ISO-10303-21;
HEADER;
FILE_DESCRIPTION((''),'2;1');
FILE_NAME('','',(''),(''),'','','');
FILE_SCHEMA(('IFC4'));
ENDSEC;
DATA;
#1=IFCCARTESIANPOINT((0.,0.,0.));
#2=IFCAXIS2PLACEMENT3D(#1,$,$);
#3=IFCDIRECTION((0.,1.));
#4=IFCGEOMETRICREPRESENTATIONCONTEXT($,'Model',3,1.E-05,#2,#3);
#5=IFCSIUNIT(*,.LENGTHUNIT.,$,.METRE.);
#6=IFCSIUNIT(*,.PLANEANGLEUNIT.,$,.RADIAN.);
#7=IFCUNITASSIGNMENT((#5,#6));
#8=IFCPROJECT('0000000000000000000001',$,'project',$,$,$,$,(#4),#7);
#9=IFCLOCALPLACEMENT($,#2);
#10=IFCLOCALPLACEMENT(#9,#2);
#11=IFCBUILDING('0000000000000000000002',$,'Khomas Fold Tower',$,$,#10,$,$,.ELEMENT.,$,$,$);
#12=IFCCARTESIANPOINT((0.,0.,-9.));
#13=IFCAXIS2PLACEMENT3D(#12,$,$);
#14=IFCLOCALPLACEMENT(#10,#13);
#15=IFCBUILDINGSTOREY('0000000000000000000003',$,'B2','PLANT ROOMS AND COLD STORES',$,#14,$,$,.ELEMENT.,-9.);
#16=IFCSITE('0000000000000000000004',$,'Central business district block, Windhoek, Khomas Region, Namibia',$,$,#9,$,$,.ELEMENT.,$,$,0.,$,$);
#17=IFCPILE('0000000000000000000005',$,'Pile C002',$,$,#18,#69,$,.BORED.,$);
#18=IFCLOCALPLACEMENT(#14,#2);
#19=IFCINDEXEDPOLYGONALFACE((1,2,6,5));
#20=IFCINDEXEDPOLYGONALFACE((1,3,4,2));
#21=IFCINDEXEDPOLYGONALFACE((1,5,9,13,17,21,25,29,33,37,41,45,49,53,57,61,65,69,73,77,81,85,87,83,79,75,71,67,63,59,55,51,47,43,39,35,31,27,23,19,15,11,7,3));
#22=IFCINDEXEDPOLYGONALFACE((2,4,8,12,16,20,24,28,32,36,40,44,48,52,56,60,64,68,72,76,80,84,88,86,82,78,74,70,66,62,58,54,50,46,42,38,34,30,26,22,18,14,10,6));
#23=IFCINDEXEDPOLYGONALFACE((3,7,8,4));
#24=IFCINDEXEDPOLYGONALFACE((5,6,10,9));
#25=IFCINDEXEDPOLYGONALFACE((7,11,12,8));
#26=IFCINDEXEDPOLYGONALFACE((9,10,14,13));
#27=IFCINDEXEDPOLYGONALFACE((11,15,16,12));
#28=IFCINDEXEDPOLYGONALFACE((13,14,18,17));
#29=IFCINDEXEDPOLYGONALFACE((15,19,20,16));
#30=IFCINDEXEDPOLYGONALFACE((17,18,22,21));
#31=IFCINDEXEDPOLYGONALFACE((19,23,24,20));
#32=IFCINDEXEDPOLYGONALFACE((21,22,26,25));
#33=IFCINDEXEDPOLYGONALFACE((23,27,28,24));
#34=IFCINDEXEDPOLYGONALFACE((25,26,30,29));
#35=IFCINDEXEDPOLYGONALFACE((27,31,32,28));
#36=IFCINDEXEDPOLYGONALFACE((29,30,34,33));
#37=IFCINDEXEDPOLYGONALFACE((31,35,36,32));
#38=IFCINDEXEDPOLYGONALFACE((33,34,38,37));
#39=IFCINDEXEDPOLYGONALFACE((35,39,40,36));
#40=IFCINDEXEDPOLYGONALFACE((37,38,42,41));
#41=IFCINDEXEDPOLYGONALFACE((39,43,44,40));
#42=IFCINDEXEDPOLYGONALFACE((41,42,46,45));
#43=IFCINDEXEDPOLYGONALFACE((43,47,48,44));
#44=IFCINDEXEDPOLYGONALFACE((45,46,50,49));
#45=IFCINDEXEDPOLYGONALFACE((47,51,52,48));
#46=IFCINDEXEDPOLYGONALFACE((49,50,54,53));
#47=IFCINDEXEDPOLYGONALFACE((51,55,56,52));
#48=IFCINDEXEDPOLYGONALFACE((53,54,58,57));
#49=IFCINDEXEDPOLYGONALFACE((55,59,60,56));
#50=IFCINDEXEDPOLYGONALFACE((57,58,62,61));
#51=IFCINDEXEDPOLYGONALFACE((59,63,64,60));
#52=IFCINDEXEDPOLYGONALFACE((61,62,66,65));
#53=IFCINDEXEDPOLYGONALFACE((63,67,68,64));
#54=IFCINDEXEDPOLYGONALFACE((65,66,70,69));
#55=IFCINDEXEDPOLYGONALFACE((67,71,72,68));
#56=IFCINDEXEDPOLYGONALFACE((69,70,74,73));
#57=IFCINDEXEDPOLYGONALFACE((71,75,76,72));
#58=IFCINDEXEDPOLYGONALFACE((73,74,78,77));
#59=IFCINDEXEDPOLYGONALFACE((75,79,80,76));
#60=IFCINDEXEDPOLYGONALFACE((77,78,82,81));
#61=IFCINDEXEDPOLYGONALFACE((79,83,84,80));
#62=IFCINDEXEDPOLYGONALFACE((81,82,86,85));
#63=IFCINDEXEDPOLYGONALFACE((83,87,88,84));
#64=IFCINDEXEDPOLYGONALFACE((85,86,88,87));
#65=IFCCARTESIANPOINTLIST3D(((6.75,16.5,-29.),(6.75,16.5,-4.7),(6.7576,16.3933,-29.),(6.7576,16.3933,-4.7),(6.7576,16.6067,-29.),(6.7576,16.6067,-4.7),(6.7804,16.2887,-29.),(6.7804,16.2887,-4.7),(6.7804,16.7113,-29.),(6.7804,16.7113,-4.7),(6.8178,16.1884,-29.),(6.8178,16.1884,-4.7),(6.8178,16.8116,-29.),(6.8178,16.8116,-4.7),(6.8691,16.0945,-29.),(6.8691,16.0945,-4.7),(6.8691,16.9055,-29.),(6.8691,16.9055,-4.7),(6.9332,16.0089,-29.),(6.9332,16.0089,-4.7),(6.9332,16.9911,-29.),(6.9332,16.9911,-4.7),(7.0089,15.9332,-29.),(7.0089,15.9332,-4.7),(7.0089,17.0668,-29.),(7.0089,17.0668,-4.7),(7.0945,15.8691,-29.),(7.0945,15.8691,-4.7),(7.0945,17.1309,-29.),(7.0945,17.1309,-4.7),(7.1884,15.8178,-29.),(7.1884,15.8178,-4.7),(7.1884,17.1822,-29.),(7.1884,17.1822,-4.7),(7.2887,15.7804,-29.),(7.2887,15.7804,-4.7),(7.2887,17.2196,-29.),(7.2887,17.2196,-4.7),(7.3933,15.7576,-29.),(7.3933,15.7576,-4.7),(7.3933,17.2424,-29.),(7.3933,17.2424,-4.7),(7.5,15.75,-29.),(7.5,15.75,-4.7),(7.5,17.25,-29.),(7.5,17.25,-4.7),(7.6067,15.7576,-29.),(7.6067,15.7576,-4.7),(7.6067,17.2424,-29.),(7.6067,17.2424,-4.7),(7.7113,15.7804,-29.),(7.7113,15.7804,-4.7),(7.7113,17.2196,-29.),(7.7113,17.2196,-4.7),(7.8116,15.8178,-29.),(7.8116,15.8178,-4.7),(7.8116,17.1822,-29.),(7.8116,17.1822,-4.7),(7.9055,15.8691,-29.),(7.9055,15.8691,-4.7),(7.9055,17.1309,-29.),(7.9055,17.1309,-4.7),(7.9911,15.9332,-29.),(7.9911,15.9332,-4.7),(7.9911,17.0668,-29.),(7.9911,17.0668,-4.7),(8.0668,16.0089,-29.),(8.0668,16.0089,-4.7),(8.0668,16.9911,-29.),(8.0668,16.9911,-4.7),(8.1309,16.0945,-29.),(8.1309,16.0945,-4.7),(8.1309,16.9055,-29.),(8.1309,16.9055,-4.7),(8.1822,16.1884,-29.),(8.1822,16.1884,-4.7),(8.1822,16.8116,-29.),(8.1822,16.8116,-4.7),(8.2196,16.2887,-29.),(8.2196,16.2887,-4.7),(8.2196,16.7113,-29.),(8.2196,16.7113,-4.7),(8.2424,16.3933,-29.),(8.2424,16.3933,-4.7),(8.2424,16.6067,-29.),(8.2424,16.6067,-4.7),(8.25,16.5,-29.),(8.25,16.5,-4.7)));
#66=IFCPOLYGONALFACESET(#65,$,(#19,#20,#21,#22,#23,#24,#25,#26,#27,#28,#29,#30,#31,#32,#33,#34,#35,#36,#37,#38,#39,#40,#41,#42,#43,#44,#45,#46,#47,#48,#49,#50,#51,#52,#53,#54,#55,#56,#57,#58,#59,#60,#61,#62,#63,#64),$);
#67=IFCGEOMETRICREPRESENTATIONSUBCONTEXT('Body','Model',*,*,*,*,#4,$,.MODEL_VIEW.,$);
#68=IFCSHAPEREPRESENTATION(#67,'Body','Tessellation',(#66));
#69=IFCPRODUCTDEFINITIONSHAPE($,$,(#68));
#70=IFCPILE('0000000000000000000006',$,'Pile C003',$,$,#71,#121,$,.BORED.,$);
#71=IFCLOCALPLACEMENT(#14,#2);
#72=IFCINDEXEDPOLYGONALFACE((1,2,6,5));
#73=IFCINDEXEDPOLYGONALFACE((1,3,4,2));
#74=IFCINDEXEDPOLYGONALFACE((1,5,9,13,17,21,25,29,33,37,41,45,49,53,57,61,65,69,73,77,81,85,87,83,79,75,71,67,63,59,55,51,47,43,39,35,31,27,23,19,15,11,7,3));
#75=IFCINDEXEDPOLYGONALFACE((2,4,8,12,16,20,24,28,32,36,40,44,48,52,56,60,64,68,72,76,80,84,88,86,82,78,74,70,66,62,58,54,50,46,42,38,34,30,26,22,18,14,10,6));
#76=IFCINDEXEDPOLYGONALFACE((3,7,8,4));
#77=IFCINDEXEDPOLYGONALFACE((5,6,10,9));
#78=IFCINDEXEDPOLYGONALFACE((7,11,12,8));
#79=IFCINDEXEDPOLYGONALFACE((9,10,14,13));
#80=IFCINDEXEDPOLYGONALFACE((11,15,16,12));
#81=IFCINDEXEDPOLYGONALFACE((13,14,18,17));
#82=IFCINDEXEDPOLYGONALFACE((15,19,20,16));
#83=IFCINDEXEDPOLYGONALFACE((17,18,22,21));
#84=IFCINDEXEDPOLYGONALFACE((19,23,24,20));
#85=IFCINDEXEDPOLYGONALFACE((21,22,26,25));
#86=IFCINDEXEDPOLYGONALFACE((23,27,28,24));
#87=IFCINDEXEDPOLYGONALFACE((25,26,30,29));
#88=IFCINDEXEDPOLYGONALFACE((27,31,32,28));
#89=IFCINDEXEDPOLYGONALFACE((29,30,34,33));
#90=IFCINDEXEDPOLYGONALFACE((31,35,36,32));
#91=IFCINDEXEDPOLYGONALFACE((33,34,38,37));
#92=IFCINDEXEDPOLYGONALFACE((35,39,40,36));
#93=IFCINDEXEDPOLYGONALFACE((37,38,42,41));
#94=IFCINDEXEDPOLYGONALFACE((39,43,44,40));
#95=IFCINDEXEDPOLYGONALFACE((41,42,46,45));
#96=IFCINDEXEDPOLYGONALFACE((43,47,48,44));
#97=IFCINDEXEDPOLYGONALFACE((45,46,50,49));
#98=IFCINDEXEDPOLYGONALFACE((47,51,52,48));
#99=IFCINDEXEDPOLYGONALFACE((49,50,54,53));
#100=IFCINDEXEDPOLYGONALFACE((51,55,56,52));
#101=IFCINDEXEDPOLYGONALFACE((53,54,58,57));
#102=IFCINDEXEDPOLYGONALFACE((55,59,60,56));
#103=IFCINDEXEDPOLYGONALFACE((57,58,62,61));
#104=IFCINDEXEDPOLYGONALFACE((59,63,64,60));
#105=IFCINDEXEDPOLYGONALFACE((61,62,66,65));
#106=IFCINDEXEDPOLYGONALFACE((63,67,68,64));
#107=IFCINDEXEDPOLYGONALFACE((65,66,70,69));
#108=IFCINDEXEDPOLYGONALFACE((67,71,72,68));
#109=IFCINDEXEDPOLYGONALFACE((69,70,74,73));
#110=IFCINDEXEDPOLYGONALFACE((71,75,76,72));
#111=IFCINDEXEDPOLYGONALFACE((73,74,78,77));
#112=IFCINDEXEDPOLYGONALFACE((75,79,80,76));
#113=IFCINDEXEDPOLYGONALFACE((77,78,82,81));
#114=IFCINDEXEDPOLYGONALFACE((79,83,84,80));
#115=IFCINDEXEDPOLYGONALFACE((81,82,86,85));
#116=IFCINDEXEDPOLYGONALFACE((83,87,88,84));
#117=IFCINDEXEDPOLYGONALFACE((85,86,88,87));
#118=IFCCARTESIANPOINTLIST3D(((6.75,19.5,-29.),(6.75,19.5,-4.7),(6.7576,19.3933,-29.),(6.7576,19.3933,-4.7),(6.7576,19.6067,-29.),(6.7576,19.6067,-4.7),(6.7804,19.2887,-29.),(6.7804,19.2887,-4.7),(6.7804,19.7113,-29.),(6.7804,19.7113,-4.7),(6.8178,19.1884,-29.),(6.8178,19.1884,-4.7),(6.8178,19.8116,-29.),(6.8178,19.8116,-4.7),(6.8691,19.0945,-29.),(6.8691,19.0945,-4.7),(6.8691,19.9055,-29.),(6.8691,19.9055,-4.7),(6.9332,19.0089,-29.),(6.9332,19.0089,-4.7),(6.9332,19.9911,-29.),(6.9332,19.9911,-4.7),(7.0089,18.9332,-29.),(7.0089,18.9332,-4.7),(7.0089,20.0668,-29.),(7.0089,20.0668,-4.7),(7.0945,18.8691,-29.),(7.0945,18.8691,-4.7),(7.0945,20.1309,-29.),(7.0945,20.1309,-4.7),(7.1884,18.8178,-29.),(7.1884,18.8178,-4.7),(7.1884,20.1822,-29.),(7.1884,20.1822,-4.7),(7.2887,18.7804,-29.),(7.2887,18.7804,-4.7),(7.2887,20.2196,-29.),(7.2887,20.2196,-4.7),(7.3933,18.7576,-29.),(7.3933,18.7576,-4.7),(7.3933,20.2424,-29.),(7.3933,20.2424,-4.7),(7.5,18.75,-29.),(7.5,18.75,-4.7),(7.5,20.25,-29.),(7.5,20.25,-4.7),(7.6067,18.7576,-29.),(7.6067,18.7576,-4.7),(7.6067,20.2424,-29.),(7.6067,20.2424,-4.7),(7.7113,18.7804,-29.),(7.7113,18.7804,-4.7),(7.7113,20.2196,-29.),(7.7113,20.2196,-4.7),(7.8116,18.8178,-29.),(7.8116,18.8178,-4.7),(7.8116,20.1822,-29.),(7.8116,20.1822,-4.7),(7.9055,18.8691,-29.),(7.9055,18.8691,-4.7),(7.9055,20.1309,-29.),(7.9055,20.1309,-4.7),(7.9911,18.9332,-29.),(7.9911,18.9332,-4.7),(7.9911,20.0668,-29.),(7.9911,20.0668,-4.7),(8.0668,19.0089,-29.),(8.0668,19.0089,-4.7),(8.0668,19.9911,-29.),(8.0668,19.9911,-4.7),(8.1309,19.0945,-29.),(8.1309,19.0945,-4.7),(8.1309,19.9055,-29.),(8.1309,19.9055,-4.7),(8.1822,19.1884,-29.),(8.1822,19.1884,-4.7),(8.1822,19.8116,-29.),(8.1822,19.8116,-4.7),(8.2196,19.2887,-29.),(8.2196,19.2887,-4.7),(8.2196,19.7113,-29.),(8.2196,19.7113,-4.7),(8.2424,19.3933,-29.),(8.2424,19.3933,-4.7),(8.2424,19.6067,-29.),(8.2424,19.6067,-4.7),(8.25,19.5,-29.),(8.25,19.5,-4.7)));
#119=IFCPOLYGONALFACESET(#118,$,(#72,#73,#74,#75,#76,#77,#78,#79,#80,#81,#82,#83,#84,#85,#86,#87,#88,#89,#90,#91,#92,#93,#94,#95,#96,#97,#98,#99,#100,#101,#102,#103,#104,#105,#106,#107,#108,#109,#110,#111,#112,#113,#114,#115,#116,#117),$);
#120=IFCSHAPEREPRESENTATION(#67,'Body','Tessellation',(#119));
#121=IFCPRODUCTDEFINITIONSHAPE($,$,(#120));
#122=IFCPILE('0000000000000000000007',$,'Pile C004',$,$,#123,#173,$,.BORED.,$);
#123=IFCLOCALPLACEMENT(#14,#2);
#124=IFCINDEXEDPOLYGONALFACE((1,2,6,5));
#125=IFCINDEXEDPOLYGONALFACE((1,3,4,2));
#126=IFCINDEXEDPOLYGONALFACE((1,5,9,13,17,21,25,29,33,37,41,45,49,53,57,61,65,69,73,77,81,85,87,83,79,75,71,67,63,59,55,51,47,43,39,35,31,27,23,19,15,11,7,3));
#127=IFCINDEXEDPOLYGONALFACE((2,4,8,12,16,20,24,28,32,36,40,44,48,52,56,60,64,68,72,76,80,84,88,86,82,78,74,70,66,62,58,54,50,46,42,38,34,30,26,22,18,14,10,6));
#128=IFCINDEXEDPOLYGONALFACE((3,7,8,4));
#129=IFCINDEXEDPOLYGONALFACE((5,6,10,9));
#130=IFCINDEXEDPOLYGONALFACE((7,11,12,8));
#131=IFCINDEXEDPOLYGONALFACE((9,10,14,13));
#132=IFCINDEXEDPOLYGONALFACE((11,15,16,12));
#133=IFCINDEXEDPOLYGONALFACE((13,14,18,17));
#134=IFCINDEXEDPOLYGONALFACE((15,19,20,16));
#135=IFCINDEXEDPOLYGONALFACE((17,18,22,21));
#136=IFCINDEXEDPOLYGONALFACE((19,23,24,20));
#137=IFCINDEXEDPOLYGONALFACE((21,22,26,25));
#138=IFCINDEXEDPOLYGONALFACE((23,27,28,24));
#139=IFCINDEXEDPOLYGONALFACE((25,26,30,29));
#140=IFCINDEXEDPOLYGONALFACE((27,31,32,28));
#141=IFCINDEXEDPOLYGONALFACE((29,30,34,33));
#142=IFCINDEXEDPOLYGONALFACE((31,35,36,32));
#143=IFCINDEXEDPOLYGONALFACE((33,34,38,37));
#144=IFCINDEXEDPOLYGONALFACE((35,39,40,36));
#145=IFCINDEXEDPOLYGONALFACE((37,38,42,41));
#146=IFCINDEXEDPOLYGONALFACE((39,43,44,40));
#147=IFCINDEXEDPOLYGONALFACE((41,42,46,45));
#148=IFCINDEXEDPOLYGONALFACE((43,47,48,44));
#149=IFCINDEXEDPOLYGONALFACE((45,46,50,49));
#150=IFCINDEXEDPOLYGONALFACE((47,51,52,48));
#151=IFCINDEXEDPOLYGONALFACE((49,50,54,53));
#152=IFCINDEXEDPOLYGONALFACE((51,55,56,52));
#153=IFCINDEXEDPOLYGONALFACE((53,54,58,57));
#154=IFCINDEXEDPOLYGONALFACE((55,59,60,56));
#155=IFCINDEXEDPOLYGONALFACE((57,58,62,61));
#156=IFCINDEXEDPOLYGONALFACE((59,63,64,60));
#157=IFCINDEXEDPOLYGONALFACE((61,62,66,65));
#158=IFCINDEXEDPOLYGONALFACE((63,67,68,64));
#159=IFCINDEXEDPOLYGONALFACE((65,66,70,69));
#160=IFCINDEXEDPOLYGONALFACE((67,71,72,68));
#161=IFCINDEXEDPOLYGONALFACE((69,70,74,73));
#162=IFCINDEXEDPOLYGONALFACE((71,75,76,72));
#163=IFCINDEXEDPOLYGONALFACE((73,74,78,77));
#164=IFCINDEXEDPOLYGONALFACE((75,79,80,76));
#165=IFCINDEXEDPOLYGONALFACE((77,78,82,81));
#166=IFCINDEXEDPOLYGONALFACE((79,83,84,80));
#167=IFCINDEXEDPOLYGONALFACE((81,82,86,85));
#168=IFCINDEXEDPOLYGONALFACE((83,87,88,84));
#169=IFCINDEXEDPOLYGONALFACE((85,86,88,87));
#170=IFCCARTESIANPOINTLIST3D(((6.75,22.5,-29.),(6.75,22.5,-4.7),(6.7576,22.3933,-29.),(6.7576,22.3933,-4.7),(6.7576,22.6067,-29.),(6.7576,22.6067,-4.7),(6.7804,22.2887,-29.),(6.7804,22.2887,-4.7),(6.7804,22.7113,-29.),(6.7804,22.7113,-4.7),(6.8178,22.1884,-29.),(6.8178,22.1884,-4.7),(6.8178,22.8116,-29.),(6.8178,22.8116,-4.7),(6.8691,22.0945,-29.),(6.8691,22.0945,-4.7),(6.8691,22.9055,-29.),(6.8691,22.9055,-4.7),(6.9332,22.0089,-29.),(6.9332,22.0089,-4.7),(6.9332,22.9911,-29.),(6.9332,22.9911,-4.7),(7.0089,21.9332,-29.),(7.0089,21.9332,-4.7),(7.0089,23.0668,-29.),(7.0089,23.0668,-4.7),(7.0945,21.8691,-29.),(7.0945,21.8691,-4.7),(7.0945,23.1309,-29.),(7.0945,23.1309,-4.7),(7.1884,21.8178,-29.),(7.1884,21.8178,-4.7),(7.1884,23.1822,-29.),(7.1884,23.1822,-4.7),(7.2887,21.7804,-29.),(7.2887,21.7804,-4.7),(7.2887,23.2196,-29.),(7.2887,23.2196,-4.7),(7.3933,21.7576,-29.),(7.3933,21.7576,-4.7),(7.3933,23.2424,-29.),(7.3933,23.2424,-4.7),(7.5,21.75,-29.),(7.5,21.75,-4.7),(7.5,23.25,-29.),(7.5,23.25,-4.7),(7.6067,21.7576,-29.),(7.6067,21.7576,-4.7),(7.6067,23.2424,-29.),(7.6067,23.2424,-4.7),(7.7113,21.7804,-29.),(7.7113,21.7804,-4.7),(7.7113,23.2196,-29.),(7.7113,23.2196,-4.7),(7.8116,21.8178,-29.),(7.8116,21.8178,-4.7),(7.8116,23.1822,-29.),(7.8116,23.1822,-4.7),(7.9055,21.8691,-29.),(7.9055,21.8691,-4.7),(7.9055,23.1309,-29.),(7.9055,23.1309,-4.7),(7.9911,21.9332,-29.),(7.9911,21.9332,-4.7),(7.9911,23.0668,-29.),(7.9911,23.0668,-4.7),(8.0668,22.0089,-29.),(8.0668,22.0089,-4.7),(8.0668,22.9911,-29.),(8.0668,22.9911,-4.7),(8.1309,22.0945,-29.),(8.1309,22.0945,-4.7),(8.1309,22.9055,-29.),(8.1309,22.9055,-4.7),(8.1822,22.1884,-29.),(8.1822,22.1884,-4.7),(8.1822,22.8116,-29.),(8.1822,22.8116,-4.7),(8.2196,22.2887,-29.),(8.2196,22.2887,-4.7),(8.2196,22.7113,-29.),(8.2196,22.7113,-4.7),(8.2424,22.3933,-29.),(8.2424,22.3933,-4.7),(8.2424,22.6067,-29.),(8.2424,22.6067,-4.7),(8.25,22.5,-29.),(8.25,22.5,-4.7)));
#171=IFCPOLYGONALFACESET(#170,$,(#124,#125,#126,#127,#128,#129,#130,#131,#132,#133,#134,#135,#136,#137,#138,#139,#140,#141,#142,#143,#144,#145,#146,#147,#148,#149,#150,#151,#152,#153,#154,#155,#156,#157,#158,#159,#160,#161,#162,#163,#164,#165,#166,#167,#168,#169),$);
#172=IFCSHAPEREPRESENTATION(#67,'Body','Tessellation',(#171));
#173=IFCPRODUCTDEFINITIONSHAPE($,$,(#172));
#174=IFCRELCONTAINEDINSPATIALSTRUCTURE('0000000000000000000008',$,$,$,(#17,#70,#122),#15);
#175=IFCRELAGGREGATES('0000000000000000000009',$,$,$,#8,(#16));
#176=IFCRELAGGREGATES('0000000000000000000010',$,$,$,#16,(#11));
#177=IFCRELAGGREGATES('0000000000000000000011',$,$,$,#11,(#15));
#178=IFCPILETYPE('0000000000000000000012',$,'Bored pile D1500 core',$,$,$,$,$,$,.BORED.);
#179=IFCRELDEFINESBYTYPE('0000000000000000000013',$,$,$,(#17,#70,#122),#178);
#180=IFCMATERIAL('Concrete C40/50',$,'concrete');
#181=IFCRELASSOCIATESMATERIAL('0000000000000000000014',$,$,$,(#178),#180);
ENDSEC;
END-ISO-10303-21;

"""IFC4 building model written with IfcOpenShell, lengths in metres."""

from ifc_helpers import new_model, si_unit, direction, frame, origin, origin_2d, place, context, subcontext, project, spatial, circle, extrude, source, transform, mapped, material, material_profile, profile_set, type_object, element, save


model = new_model("IFC4")

# Units and contexts
model_context = context("Model", 3, precision=1e-05, world=origin(), true_north=direction((0.0, 1.0)))
body_context = subcontext(model_context, "Body", "Model", "MODEL_VIEW")
ifc_project = project(units=[si_unit("LENGTHUNIT", "METRE"), si_unit("PLANEANGLEUNIT", "RADIAN")], contexts=[model_context])

# Site, building, storey
site_placement = place(None, origin())
site = spatial("IfcSite", under=ifc_project, at=site_placement, Name="Central business district block, Windhoek, Khomas Region, Namibia", CompositionType="ELEMENT", RefElevation=0.0)
building_placement = place(site_placement, origin())
building = spatial("IfcBuilding", under=site, at=building_placement, Name="Khomas Fold Tower", CompositionType="ELEMENT")
storey_placement = place(building_placement, frame((0.0, 0.0, -9.0)))
storey = spatial("IfcBuildingStorey", under=building, at=storey_placement, Name="B2", Description="PLANT ROOMS AND COLD STORES", CompositionType="ELEMENT", Elevation=-9.0)

# Piles
ifc_material_1 = material(Name="Concrete C40/50", Category="concrete")
ifc_material_profile = material_profile(ifc_material_1, circle(Radius=0.75, at=origin_2d()), Name="PILE D1500")
ifc_profile_set = profile_set([ifc_material_profile], Name="Concrete C40/50")
pile_type = type_object("IfcPileType", Name="Bored pile D1500 core", PredefinedType="BORED", material=ifc_profile_set)
shared_shape_1 = source(origin(), body_context, "Body", "SweptSolid", [
    extrude(circle(Radius=0.75, at=origin_2d()), origin(), (0.0, 0.0, 1.0), 24.3),
])
for number, where, z_axis, x_axis, name in (
    (1, (7.5, 16.5, -4.7), (0.0, 0.0, -1.0), (1.0, 0.0, 0.0), "Pile C002"),
    (2, (7.5, 19.5, -4.7), (0.0, 0.0, -1.0), (1.0, 0.0, 0.0), "Pile C003"),
    (3, (7.5, 22.5, -4.7), (0.0, 0.0, -1.0), (1.0, 0.0, 0.0), "Pile C004"),
):
    element("IfcPile", number, at=place(storey_placement, frame(where, z_axis=z_axis, x_axis=x_axis)), inside=storey, type_object=pile_type, Name=name, PredefinedType="BORED", context=body_context, shape_type="MappedRepresentation", body=[
        mapped(shared_shape_1, transform((0.0, 0.0, 0.0))),
    ])

save(model, "model.ifc")
